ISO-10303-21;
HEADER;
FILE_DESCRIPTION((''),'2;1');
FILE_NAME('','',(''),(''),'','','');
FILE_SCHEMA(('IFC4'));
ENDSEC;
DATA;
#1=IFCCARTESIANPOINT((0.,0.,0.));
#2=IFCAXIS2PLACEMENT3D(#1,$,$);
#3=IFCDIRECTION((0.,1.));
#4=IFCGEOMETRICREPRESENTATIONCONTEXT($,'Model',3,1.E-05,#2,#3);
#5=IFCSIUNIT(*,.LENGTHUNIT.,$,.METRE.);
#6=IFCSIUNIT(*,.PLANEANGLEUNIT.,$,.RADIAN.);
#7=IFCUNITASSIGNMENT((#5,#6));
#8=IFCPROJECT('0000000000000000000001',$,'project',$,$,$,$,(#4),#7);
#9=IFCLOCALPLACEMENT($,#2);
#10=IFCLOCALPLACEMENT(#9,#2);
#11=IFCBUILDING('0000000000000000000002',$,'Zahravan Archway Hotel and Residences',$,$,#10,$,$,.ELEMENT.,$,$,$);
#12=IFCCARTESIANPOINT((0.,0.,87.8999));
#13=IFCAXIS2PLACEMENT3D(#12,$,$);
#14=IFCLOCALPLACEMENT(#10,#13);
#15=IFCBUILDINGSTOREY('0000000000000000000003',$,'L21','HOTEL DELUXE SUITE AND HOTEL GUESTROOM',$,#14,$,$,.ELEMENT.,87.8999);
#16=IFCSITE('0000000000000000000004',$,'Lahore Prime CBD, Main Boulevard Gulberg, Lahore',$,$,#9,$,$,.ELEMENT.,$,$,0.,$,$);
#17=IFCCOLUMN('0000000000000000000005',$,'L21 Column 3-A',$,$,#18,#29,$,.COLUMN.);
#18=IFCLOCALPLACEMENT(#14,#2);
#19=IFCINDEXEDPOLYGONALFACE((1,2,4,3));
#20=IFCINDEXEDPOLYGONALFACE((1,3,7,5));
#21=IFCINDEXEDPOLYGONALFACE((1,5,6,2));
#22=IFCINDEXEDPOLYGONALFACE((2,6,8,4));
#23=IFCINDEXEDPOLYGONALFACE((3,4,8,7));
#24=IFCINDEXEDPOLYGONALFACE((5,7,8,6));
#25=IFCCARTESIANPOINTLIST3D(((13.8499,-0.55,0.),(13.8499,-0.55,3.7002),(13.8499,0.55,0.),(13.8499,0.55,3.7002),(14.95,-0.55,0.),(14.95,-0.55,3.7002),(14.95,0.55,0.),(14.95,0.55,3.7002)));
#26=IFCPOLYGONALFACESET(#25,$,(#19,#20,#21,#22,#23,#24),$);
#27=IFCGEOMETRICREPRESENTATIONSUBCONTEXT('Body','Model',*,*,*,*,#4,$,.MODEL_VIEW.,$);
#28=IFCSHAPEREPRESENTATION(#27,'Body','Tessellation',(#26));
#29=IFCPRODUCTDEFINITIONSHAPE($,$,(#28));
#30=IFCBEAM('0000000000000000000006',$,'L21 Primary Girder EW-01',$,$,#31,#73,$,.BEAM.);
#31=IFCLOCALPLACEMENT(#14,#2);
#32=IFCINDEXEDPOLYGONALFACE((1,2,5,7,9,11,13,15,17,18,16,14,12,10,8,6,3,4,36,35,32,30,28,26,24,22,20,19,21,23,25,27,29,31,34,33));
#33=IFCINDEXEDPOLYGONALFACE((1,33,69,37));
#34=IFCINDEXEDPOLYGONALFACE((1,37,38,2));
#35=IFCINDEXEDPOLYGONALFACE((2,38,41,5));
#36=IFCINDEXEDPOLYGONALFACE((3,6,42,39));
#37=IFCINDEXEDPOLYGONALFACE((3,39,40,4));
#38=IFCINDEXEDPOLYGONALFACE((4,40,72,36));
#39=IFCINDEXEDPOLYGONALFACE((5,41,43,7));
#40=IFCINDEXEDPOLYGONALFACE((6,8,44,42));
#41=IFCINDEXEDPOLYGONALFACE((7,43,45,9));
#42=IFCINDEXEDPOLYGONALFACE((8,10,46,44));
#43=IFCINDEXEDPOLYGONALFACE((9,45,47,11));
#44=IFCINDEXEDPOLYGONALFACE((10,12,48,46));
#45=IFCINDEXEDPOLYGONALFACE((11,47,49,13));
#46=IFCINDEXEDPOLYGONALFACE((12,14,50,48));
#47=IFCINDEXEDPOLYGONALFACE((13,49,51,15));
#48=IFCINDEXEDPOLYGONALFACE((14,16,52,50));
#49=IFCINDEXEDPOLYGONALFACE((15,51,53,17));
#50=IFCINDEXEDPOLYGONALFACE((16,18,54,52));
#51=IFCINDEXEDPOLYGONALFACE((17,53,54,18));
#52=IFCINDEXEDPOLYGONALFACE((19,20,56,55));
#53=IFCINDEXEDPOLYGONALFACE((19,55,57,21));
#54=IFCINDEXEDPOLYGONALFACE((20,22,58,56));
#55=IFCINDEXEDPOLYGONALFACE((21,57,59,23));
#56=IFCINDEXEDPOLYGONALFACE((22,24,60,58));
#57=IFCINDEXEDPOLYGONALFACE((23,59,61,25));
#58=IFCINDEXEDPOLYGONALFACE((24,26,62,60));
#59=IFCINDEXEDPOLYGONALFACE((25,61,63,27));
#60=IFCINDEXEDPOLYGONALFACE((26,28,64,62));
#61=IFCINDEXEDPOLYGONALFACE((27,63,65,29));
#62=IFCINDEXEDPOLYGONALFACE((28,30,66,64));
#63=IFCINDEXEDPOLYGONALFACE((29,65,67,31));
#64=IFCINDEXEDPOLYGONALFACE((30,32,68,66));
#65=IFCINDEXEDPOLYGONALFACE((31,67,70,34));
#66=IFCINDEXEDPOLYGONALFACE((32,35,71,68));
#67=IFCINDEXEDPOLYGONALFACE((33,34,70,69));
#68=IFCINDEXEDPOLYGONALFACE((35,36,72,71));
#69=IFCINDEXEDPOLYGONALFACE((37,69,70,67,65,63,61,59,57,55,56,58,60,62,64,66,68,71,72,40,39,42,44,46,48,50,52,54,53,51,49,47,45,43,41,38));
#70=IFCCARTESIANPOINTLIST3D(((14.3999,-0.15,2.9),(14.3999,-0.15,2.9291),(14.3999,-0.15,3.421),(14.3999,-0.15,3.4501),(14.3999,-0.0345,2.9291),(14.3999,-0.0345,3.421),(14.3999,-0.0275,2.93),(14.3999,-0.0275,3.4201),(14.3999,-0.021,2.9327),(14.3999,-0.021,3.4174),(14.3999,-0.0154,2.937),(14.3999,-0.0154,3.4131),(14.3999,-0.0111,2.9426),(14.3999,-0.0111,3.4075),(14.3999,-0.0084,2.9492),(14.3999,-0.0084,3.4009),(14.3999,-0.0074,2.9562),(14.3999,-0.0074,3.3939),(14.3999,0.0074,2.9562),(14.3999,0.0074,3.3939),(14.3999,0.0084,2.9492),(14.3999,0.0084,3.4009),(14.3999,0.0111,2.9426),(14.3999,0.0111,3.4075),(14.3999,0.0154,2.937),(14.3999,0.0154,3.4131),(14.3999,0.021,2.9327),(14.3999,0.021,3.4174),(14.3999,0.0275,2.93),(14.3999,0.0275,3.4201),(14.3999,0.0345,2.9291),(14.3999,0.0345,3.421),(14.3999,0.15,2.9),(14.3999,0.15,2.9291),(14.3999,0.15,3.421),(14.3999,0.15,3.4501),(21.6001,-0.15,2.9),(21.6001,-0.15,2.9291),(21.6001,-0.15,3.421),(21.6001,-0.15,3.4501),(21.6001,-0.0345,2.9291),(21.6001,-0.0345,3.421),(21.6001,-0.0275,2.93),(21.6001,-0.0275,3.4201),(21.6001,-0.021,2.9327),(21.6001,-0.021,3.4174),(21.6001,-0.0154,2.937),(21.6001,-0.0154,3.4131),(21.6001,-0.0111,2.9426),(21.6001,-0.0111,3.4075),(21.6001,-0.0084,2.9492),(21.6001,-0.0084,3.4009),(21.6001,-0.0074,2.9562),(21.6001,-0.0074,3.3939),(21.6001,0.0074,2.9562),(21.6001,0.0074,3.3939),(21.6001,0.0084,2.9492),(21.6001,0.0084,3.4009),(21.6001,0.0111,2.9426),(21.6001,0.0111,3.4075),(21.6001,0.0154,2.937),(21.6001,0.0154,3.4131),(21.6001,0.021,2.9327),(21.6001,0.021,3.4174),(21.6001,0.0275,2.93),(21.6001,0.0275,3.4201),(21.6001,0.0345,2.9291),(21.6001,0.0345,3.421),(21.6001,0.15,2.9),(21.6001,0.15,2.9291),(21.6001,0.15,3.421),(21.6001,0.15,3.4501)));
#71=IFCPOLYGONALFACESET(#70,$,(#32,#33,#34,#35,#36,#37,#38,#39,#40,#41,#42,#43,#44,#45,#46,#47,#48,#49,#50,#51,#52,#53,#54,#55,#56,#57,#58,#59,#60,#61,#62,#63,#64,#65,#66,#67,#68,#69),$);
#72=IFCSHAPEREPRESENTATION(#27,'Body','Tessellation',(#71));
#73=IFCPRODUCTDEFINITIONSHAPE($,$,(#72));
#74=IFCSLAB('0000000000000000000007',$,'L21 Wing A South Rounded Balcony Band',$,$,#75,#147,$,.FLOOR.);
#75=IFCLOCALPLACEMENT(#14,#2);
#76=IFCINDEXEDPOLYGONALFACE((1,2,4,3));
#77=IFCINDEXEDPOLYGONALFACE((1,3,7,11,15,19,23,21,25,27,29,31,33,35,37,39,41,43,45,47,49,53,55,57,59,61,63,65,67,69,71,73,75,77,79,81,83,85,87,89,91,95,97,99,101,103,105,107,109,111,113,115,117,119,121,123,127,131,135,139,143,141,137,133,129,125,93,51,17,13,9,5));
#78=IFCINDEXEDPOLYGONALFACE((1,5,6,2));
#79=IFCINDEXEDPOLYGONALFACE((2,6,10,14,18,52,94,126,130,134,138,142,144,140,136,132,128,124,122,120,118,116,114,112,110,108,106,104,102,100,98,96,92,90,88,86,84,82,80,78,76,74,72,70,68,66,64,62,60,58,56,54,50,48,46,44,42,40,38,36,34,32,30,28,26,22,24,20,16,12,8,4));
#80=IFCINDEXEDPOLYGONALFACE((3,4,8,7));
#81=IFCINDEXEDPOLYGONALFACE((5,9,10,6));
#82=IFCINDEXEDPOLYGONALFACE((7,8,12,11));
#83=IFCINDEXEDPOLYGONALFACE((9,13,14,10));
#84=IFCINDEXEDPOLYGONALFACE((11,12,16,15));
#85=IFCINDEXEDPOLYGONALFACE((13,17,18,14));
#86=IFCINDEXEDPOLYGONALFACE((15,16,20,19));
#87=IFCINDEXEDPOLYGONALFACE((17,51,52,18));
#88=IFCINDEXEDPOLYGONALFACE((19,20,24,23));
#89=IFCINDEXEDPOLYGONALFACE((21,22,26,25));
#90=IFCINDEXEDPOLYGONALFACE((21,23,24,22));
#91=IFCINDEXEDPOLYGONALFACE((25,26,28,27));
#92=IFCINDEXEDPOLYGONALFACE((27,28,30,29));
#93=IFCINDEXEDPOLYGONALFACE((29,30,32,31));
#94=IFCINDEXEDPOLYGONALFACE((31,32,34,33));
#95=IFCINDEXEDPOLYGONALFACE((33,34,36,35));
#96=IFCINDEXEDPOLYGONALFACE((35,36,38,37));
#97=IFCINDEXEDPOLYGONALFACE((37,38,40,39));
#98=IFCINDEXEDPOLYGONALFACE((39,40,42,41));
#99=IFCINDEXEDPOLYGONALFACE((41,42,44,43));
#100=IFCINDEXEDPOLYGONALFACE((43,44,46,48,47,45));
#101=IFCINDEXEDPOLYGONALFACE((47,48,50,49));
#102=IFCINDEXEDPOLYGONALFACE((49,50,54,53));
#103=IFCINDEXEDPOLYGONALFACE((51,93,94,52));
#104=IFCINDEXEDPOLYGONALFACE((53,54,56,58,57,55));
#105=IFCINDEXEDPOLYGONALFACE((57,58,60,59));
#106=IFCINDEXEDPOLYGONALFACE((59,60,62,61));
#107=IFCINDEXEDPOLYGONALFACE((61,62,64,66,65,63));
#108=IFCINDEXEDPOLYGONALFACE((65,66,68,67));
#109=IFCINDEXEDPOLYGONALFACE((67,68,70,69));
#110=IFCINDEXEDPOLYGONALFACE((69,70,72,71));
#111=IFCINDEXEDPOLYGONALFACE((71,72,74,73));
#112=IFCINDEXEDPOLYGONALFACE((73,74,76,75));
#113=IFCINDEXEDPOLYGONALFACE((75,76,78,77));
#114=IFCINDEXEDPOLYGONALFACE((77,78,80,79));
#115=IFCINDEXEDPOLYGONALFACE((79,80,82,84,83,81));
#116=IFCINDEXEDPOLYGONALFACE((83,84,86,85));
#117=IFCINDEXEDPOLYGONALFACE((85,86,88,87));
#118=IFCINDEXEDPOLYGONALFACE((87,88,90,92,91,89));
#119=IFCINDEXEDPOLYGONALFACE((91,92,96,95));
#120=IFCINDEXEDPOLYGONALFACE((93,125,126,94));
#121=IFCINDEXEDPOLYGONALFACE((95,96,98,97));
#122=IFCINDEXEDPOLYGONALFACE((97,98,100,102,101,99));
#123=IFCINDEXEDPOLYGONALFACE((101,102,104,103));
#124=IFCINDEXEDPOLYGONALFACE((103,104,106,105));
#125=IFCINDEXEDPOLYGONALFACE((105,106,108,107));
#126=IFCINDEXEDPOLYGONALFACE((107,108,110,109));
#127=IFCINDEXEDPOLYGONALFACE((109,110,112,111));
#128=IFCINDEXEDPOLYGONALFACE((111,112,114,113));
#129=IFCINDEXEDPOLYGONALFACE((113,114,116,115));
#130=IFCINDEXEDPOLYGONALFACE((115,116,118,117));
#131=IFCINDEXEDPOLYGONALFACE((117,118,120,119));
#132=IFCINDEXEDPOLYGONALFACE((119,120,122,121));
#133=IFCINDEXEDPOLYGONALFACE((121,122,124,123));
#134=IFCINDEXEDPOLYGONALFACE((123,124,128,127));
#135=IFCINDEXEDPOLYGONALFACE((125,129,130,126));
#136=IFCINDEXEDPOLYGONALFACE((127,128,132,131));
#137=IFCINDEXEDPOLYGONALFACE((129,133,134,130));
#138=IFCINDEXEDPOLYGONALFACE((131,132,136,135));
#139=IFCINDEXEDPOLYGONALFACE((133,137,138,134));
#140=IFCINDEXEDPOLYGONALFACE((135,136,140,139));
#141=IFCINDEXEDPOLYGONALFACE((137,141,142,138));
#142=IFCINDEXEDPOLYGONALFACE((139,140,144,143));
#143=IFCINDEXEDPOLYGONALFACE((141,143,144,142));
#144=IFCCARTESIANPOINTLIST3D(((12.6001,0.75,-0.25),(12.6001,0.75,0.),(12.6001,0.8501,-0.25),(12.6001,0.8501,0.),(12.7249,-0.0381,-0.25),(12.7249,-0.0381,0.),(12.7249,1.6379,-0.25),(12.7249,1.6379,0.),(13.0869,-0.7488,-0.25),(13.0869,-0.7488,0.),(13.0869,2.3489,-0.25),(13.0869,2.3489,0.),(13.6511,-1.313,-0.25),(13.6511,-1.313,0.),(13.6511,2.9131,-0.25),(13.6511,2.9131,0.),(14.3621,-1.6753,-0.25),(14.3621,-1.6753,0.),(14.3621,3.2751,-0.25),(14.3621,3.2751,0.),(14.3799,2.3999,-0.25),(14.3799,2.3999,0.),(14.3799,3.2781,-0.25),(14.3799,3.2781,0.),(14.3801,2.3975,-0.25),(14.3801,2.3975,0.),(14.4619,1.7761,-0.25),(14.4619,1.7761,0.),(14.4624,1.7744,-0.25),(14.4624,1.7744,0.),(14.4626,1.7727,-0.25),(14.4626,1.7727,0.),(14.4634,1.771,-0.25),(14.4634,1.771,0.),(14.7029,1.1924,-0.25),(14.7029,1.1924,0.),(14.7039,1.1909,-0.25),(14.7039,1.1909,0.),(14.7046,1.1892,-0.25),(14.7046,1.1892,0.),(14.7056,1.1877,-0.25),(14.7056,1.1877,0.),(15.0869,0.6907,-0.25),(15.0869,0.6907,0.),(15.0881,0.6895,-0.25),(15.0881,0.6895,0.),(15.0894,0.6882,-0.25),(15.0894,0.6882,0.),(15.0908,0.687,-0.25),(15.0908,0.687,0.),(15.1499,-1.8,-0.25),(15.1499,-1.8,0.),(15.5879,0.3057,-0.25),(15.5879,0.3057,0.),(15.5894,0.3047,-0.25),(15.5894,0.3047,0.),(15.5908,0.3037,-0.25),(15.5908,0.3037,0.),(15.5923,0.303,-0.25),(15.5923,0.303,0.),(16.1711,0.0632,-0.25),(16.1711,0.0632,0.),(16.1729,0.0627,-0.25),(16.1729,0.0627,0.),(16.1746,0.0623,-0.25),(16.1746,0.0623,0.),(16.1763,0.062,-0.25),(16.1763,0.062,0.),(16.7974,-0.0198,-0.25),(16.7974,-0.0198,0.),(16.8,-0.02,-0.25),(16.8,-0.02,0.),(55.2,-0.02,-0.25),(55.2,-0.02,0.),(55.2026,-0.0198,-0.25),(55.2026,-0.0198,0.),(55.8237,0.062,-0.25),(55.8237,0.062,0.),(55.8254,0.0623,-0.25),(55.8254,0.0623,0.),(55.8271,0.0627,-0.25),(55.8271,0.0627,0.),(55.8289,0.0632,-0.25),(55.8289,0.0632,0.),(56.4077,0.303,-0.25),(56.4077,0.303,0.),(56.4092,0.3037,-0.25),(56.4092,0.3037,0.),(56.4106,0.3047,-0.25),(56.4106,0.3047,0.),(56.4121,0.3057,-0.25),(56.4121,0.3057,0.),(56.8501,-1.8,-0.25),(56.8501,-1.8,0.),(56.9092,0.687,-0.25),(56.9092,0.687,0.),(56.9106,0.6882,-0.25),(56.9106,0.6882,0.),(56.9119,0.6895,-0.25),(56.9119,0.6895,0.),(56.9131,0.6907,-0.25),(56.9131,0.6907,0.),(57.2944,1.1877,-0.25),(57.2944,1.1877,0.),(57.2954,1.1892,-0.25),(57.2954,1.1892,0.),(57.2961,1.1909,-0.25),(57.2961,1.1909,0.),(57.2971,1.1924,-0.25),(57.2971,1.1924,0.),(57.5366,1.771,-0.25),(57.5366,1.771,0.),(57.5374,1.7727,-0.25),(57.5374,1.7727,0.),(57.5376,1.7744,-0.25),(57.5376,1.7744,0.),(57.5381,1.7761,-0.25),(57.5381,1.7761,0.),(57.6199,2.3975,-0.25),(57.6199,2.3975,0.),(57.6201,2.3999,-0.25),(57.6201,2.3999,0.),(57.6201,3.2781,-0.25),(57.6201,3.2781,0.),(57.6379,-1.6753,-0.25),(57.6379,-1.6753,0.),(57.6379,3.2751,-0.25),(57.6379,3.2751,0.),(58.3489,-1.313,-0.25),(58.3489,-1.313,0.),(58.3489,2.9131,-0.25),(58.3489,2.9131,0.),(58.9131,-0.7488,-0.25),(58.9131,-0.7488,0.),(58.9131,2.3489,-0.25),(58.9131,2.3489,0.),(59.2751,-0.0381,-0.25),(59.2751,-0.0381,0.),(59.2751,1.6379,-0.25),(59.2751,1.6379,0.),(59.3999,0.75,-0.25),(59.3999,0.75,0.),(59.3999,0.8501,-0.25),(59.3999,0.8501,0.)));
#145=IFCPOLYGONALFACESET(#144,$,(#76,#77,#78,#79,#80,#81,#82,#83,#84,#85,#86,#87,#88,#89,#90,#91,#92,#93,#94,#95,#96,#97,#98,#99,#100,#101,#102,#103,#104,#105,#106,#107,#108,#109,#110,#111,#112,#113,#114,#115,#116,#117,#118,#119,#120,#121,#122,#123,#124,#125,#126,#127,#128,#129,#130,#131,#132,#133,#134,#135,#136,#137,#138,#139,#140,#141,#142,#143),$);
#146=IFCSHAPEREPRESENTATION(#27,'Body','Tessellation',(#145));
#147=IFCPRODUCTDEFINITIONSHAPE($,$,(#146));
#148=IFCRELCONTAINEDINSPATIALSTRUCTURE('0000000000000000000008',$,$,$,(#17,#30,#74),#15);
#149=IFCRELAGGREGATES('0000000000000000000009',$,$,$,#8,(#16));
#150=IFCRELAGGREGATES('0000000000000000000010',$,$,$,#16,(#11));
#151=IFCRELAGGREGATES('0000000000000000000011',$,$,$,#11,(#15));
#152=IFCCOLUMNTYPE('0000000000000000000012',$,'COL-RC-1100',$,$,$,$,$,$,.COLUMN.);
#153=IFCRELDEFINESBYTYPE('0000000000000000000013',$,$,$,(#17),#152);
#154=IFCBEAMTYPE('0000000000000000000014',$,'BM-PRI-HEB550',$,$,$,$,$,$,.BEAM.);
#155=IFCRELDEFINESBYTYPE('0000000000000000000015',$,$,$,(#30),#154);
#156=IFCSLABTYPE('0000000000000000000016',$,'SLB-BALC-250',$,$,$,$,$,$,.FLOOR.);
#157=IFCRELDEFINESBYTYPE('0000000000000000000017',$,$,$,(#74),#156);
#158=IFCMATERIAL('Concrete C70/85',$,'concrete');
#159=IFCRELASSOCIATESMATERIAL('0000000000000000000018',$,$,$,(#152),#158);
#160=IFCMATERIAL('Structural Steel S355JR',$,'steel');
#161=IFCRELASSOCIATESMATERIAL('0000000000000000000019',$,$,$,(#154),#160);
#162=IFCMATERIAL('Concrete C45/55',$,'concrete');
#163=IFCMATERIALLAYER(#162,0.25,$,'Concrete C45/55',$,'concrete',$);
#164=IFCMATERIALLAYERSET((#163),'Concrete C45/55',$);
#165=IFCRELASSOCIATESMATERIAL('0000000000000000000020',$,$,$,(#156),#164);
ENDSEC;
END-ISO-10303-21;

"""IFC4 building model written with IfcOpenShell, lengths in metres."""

from ifc_helpers import new_model, si_unit, direction, frame, origin, origin_2d, place, context, subcontext, project, spatial, polyline, rectangle, i_section, outline, extrude, source, transform, mapped, material, layer, layer_set, material_profile, profile_set, type_object, type_shapes, element, save


model = new_model("IFC4")

# Units and contexts
model_context = context("Model", 3, precision=1e-05, world=origin(), true_north=direction((0.0, 1.0)))
body_context = subcontext(model_context, "Body", "Model", "MODEL_VIEW")
ifc_project = project(units=[si_unit("LENGTHUNIT", "METRE"), si_unit("PLANEANGLEUNIT", "RADIAN")], contexts=[model_context])

# Site, building, storey
site_placement = place(None, origin())
site = spatial("IfcSite", under=ifc_project, at=site_placement, Name="Lahore Prime CBD, Main Boulevard Gulberg, Lahore", CompositionType="ELEMENT", RefElevation=0.0)
building_placement = place(site_placement, origin())
building = spatial("IfcBuilding", under=site, at=building_placement, Name="Zahravan Archway Hotel and Residences", CompositionType="ELEMENT")
storey_placement = place(building_placement, frame((0.0, 0.0, 87.8999)))
storey = spatial("IfcBuildingStorey", under=building, at=storey_placement, Name="L21", Description="HOTEL DELUXE SUITE AND HOTEL GUESTROOM", CompositionType="ELEMENT", Elevation=87.8999)

# Column
ifc_material_1 = material(Name="Concrete C70/85", Category="concrete")
ifc_material_profile_1 = material_profile(ifc_material_1, rectangle(XDim=1.1001, YDim=1.1001, at=origin_2d()), Name="RC 1100x1100", Category="concrete")
ifc_profile_set_1 = profile_set([ifc_material_profile_1], Name="Concrete C70/85")
column_type = type_object("IfcColumnType", Name="COL-RC-1100", PredefinedType="COLUMN", material=ifc_profile_set_1)
shared_shape_1 = source(origin(), body_context, "Body", "SweptSolid", [
    extrude(rectangle(XDim=1.1001, YDim=1.1001, at=origin_2d()), origin(), (0.0, 0.0, 1.0), 3.7002),
])
column_placement = place(storey_placement, frame((14.3999, 0.0, 0.0), z_axis=(0.0, 0.0, 1.0), x_axis=(1.0, 0.0, 0.0)))
element("IfcColumn", 1, at=column_placement, inside=storey, type_object=column_type, Name="L21 Column 3-A", PredefinedType="COLUMN", context=body_context, shape_type="MappedRepresentation", body=[
    mapped(shared_shape_1, transform((0.0, 0.0, 0.0), scale=1.0)),
])

# Beam
ifc_material_2 = material(Name="Structural Steel S355JR", Category="steel")
ifc_material_profile_2 = material_profile(ifc_material_2, i_section(OverallWidth=0.3, OverallDepth=0.55, WebThickness=0.0149, FlangeThickness=0.0291, FilletRadius=0.0271, at=origin_2d()), Name="HEB 550", Category="steel")
ifc_profile_set_2 = profile_set([ifc_material_profile_2], Name="Structural Steel S355JR")
beam_type = type_object("IfcBeamType", Name="BM-PRI-HEB550", PredefinedType="BEAM", material=ifc_profile_set_2)
shared_shape_2 = source(origin(), body_context, "Body", "SweptSolid", [
    extrude(i_section(OverallWidth=0.3, OverallDepth=0.55, WebThickness=0.0149, FlangeThickness=0.0291, FilletRadius=0.0271, at=origin_2d()), origin(), (0.0, 0.0, 1.0), 7.2002),
])
type_shapes(beam_type, [shared_shape_2])
beam_placement = place(storey_placement, frame((14.3999, 0.0, 3.175), z_axis=(1.0, 0.0, 0.0), x_axis=(0.0, 1.0, 0.0)))
element("IfcBeam", 2, at=beam_placement, inside=storey, type_object=beam_type, Name="L21 Primary Girder EW-01", PredefinedType="BEAM", context=body_context, shape_type="MappedRepresentation", body=[
    mapped(shared_shape_2, transform((0.0, 0.0, 0.0), scale=1.0)),
])

# Slab
ifc_material_3 = material(Name="Concrete C45/55", Category="concrete")
ifc_layer_1 = layer(ifc_material_3, 0.25, Name="Concrete C45/55", Category="concrete")
ifc_layer_set_1 = layer_set([ifc_layer_1], Name="Concrete C45/55")
slab_type_1 = type_object("IfcSlabType", Name="SLB-BALC-250", PredefinedType="FLOOR", material=ifc_layer_set_1)
slab_1_placement = place(storey_placement, frame((0.0, 0.0, -0.25)))
element("IfcSlab", 3, at=slab_1_placement, inside=storey, type_object=slab_type_1, Name="L21 Wing A South Rounded Balcony Band", PredefinedType="FLOOR", context=body_context, shape_type="SweptSolid", body=[
    extrude(outline(polyline([(57.6379, 3.2751), (58.3489, 2.9131), (58.9131, 2.3489), (59.2751, 1.6379), (59.3999, 0.8501), (59.3999, 0.75), (59.2751, -0.0381), (58.9131, -0.7488), (58.3489, -1.313), (57.6379, -1.6753), (56.8501, -1.8), (15.1499, -1.8), (14.3621, -1.6753), (13.6511, -1.313), (13.0869, -0.7488), (12.7249, -0.0381), (12.6001, 0.75), (12.6001, 0.8501), (12.7249, 1.6379), (13.0869, 2.3489), (13.6511, 2.9131), (14.3621, 3.2751), (14.3799, 3.2781), (14.3799, 2.3999), (14.3801, 2.3975), (14.4619, 1.7761), (14.4624, 1.7744), (14.4626, 1.7727), (14.4634, 1.771), (14.7029, 1.1924), (14.7039, 1.1909), (14.7046, 1.1892), (14.7056, 1.1877), (15.0869, 0.6907), (15.0881, 0.6895), (15.0894, 0.6882), (15.0908, 0.687), (15.5879, 0.3057), (15.5894, 0.3047), (15.5908, 0.3037), (15.5923, 0.303), (16.1711, 0.0632), (16.1729, 0.0627), (16.1746, 0.0623), (16.1763, 0.062), (16.7974, -0.0198), (16.8, -0.02), (55.2, -0.02), (55.2026, -0.0198), (55.8237, 0.062), (55.8254, 0.0623), (55.8271, 0.0627), (55.8289, 0.0632), (56.4077, 0.303), (56.4092, 0.3037), (56.4106, 0.3047), (56.4121, 0.3057), (56.9092, 0.687), (56.9106, 0.6882), (56.9119, 0.6895), (56.9131, 0.6907), (57.2944, 1.1877), (57.2954, 1.1892), (57.2961, 1.1909), (57.2971, 1.1924), (57.5366, 1.771), (57.5374, 1.7727), (57.5376, 1.7744), (57.5381, 1.7761), (57.6199, 2.3975), (57.6201, 2.3999), (57.6201, 3.2781), (57.6379, 3.2751)])), origin(), (0.0, 0.0, 1.0), 0.25),
])

save(model, "model.ifc")
